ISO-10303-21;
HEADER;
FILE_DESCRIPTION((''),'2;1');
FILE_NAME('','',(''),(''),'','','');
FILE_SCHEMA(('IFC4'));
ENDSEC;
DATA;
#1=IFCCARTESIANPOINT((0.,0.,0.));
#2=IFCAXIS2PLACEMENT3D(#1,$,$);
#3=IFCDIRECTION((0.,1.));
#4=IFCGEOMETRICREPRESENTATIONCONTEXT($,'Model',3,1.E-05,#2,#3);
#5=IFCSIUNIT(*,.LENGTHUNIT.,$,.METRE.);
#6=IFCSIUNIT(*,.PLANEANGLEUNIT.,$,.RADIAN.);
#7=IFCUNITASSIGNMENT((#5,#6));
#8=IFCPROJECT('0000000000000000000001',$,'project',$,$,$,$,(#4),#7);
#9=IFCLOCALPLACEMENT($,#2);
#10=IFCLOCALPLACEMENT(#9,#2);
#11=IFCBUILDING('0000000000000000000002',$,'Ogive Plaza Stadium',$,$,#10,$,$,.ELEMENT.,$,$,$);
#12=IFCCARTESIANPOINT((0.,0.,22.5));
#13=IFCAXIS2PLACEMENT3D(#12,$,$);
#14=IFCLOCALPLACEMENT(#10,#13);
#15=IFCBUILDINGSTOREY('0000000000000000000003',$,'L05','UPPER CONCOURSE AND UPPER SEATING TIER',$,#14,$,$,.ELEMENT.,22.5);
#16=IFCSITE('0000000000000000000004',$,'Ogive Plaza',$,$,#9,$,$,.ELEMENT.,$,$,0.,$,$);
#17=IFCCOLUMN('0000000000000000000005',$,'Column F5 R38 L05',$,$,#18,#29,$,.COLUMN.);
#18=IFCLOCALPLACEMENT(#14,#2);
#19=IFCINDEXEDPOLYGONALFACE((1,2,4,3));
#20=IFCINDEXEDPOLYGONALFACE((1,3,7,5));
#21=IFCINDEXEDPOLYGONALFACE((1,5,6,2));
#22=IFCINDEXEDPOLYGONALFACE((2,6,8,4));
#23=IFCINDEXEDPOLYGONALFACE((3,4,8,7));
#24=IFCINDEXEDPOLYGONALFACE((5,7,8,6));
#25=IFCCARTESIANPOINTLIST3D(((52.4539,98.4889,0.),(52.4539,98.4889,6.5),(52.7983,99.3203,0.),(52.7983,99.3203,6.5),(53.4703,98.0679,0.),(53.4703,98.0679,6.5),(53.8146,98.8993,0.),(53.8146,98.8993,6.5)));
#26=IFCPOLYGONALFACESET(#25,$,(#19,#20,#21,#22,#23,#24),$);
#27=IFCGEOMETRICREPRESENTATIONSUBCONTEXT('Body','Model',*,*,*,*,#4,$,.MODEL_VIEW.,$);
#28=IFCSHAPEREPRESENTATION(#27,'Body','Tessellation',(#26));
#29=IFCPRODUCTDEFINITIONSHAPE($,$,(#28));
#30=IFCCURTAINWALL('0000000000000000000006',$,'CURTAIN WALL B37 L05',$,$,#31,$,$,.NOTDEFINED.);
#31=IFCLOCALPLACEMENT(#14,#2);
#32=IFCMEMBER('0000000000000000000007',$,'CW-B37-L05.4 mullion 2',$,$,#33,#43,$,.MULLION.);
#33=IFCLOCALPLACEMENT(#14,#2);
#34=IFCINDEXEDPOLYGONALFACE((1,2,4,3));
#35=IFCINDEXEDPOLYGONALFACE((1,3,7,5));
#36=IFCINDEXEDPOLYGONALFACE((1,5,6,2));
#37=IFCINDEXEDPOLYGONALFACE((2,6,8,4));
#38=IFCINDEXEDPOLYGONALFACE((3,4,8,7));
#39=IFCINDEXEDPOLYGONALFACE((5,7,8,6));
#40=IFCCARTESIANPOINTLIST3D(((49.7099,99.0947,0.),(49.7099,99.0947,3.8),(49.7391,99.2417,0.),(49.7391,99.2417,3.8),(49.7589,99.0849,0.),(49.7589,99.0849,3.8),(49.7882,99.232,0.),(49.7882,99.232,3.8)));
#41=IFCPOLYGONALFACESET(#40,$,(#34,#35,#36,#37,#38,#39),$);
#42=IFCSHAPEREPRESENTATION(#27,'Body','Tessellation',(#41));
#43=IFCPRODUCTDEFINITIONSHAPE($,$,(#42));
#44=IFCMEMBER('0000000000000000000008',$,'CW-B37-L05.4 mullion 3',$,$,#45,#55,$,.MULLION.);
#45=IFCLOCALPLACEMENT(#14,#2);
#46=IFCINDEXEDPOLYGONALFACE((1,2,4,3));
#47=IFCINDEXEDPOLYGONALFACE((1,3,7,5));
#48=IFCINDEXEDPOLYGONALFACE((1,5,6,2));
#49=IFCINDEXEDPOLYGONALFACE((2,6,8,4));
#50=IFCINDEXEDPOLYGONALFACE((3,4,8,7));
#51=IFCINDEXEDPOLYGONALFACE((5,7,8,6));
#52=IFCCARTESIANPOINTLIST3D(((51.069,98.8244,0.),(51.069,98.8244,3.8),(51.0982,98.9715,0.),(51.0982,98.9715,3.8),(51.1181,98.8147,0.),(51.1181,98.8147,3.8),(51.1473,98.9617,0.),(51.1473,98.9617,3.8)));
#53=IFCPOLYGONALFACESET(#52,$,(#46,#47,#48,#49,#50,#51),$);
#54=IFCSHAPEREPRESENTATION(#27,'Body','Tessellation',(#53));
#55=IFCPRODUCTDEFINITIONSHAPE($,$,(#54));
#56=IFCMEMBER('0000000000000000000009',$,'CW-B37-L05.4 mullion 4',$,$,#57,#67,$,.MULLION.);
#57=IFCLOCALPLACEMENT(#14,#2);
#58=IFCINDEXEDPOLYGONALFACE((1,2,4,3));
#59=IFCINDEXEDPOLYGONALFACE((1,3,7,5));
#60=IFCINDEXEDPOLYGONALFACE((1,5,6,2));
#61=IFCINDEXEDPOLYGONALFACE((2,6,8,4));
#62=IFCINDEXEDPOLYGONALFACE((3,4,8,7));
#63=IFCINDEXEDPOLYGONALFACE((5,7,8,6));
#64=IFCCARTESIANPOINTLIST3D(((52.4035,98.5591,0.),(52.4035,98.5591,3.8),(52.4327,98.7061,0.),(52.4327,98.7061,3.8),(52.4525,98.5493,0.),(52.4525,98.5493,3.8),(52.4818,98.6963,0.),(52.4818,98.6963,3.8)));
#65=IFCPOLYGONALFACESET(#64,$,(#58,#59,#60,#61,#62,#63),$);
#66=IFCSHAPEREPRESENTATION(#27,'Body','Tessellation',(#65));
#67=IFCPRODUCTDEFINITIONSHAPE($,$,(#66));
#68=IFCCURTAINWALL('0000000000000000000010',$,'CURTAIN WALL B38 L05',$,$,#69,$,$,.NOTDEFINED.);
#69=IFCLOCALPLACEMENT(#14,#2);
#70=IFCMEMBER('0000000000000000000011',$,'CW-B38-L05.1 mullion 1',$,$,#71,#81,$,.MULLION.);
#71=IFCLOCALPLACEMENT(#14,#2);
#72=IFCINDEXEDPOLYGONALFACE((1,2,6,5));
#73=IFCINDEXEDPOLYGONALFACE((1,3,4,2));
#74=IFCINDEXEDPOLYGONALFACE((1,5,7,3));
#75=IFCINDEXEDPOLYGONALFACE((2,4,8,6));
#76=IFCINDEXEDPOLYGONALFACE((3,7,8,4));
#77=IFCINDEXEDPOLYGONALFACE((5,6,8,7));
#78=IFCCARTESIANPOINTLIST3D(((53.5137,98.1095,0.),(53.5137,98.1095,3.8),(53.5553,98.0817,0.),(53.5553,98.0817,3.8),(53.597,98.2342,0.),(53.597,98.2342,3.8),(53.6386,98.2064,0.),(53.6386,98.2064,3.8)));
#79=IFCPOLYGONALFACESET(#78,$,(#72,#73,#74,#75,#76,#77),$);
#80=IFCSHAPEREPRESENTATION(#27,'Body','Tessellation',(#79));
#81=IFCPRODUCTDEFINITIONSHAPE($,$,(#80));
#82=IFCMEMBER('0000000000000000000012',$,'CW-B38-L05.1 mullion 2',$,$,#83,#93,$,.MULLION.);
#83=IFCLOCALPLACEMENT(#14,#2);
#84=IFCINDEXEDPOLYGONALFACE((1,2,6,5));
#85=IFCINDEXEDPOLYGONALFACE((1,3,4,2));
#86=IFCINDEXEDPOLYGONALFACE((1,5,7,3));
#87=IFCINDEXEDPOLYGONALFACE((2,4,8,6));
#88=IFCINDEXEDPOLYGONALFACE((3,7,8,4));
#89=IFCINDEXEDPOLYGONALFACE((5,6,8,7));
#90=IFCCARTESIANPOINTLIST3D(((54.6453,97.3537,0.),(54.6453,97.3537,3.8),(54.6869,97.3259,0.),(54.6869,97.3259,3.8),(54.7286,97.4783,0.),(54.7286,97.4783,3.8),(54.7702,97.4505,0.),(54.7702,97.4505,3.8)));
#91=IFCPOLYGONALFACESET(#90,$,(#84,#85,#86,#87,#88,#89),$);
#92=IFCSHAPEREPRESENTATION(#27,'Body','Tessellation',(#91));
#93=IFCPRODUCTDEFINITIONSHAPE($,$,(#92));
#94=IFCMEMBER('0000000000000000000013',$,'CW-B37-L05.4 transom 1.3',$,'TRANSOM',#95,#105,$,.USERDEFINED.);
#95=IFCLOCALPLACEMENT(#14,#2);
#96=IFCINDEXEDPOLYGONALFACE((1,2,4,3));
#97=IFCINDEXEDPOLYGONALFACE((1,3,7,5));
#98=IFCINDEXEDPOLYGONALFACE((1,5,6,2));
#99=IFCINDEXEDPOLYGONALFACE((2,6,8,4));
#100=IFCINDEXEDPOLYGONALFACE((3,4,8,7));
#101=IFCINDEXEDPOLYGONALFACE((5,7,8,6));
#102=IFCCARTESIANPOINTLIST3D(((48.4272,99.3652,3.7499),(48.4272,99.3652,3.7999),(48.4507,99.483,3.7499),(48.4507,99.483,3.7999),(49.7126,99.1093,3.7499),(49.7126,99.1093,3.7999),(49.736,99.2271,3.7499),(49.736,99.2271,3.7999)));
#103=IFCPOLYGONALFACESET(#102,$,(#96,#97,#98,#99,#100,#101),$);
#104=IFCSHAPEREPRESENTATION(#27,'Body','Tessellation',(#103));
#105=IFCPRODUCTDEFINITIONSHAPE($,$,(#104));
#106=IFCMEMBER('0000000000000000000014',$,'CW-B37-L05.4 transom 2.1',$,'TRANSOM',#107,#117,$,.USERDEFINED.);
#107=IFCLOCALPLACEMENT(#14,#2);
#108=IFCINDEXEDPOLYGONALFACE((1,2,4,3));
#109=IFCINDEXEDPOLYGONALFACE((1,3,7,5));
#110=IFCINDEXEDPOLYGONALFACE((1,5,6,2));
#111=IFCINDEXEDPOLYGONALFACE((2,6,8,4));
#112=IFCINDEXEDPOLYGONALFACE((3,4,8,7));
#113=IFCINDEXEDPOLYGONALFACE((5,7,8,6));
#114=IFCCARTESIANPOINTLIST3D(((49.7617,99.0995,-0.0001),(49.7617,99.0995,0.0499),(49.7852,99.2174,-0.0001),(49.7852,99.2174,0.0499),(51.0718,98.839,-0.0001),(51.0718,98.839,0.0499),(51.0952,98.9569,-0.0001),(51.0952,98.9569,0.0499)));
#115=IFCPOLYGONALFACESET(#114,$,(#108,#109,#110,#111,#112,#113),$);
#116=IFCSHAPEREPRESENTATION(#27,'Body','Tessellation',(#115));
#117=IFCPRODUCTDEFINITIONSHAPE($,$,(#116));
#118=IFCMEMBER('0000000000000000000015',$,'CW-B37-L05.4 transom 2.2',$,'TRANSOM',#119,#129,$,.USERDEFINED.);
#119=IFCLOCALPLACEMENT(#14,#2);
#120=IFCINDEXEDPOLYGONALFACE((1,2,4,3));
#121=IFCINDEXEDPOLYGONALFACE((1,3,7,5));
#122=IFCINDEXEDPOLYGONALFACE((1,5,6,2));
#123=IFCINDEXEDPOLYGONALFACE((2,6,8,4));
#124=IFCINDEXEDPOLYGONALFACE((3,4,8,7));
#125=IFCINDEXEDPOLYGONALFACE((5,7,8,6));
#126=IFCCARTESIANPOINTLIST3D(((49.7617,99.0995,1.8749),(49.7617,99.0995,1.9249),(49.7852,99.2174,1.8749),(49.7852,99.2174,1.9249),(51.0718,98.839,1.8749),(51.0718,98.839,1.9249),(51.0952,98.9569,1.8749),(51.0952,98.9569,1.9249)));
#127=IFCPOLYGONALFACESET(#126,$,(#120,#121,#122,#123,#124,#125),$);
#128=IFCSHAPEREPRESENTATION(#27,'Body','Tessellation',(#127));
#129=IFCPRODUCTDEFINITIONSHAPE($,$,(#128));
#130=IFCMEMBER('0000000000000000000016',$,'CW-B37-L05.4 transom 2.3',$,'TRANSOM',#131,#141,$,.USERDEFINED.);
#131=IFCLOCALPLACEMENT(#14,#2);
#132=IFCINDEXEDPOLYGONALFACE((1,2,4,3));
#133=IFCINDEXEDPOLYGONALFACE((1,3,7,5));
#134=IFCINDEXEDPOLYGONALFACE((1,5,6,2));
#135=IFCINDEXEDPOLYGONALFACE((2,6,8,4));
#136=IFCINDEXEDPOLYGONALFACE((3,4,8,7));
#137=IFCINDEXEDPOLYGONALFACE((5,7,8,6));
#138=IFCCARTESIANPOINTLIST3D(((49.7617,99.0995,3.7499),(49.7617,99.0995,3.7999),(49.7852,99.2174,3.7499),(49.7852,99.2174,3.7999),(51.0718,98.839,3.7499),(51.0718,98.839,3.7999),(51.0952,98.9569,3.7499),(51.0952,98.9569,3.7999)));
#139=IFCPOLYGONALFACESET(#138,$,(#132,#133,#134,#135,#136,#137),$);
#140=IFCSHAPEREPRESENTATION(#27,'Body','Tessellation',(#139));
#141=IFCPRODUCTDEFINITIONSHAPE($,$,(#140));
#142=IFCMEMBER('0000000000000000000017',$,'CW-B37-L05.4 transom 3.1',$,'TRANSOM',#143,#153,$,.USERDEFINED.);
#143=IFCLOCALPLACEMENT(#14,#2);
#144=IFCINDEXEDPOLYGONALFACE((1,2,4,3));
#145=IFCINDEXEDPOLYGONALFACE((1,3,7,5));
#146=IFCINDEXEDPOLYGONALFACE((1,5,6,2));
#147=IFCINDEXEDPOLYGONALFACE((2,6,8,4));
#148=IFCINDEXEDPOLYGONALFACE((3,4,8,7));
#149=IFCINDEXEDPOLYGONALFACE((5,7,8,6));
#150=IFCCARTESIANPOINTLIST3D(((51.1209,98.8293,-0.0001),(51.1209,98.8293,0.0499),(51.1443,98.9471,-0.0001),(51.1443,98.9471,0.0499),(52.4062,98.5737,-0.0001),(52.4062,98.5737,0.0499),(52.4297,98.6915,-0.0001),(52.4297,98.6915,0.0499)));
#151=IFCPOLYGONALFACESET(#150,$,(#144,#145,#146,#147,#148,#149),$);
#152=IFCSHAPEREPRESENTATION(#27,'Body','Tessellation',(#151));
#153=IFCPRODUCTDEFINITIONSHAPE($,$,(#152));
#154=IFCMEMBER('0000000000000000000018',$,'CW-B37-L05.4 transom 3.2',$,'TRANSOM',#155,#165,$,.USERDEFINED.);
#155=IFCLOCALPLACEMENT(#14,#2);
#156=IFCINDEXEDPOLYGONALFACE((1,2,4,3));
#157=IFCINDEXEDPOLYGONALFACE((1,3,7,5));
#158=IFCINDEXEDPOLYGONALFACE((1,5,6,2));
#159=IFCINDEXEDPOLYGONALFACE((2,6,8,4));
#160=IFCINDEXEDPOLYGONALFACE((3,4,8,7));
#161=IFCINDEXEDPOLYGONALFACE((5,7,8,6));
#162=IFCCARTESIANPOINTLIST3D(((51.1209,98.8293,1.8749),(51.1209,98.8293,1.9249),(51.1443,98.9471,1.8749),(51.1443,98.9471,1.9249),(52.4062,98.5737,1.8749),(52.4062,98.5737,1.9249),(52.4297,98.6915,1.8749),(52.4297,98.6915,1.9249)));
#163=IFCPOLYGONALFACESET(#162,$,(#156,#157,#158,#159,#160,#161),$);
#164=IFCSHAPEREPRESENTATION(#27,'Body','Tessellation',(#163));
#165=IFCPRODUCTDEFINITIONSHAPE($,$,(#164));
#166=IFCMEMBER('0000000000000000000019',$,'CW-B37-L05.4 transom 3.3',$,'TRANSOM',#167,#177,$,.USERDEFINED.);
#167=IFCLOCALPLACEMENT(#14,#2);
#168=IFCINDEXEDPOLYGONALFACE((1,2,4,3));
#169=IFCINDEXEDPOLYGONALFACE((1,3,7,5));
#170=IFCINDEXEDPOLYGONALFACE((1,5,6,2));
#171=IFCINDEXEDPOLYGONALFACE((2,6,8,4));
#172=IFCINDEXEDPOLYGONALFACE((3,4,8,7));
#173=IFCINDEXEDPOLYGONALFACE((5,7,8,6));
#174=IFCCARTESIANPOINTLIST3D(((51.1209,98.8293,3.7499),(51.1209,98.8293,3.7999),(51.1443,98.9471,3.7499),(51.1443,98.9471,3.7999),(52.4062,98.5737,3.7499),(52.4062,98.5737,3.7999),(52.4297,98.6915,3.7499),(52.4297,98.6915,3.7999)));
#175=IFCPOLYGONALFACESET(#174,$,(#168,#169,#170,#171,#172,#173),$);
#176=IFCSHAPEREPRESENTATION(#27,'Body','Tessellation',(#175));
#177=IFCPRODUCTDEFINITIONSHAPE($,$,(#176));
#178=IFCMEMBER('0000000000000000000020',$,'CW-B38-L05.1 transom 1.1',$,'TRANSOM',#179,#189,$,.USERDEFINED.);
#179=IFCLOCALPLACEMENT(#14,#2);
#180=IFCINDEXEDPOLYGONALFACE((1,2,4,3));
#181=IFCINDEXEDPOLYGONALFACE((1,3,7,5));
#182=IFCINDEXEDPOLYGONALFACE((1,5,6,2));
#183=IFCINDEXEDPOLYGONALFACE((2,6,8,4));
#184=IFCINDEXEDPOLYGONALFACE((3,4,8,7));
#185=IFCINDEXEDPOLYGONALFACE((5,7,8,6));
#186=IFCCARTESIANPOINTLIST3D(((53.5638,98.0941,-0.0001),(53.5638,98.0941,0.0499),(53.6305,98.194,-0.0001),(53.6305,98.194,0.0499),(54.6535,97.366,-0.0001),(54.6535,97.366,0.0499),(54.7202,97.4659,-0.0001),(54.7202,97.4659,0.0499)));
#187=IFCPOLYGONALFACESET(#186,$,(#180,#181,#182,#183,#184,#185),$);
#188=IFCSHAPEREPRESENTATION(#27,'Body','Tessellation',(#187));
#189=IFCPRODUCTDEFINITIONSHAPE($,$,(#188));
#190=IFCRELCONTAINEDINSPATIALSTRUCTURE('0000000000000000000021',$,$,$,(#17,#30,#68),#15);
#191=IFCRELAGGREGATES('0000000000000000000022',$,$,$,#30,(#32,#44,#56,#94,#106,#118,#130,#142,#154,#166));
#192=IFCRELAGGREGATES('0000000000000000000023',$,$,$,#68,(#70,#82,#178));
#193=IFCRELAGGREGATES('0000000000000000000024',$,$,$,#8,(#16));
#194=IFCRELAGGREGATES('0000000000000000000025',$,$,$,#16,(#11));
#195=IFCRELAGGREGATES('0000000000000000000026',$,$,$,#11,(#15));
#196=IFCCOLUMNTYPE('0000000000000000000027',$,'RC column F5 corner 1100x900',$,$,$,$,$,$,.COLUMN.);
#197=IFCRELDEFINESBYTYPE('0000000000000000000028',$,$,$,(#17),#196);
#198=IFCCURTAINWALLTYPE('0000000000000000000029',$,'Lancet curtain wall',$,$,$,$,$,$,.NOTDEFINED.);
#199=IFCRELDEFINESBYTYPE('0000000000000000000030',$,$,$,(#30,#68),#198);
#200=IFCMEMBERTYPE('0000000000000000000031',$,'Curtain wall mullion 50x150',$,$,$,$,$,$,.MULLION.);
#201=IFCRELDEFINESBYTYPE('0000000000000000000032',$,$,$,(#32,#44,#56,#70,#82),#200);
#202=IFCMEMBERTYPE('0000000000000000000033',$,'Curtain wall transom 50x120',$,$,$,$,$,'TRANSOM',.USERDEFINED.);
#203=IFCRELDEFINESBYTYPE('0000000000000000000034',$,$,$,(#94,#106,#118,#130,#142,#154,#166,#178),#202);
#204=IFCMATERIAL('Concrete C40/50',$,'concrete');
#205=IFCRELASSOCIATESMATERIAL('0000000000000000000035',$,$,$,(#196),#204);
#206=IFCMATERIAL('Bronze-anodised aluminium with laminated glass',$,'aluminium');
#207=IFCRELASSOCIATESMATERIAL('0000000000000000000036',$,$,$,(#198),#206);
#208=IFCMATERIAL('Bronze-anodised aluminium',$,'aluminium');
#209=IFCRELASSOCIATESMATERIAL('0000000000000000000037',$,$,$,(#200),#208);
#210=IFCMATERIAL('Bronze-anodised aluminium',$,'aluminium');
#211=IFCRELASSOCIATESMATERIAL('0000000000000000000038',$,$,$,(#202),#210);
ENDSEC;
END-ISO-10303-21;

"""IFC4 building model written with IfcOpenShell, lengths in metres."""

from ifc_helpers import new_model, si_unit, direction, frame, origin, origin_2d, place, context, subcontext, project, spatial, rectangle, extrude, material, material_profile, profile_set, type_object, element, aggregate, save


model = new_model("IFC4")

# Units and contexts
model_context = context("Model", 3, precision=1e-05, world=origin(), true_north=direction((0.0, 1.0)))
body_context = subcontext(model_context, "Body", "Model", "MODEL_VIEW")
ifc_project = project(units=[si_unit("LENGTHUNIT", "METRE"), si_unit("PLANEANGLEUNIT", "RADIAN")], contexts=[model_context])

# Site, building, storey
site_placement = place(None, origin())
site = spatial("IfcSite", under=ifc_project, at=site_placement, Name="Ogive Plaza", CompositionType="ELEMENT", RefElevation=0.0)
building_placement = place(site_placement, origin())
building = spatial("IfcBuilding", under=site, at=building_placement, Name="Ogive Plaza Stadium", CompositionType="ELEMENT")
storey_placement = place(building_placement, frame((0.0, 0.0, 22.5)))
storey = spatial("IfcBuildingStorey", under=building, at=storey_placement, Name="L05", Description="UPPER CONCOURSE AND UPPER SEATING TIER", CompositionType="ELEMENT", Elevation=22.5)

# Column
ifc_material_1 = material(Name="Concrete C40/50", Category="concrete")
ifc_material_profile_1 = material_profile(ifc_material_1, rectangle(XDim=1.1001, YDim=0.8999, at=origin_2d()), Name="RC 1100x900")
ifc_profile_set_1 = profile_set([ifc_material_profile_1], Name="Concrete C40/50")
column_type = type_object("IfcColumnType", Name="RC column F5 corner 1100x900", PredefinedType="COLUMN", material=ifc_profile_set_1)
column_placement = place(storey_placement, frame((53.1343, 98.6941, 0.0), z_axis=(0.0, 0.0, 1.0), x_axis=(-0.92388, 0.382683, 0.0)))
element("IfcColumn", 1, at=column_placement, inside=storey, type_object=column_type, Name="Column F5 R38 L05", PredefinedType="COLUMN", context=body_context, shape_type="SweptSolid", body=[
    extrude(rectangle(XDim=1.1001, YDim=0.8999, at=origin_2d()), origin(), (0.0, 0.0, 1.0), 6.5),
])

# Curtain walls, members
ifc_material_2 = material(Name="Bronze-anodised aluminium with laminated glass", Category="aluminium")
curtain_wall_type = type_object("IfcCurtainWallType", Name="Lancet curtain wall", PredefinedType="NOTDEFINED", material=ifc_material_2)
curtain_wall_1_placement = place(storey_placement, origin())
curtain_wall_1 = element("IfcCurtainWall", 2, at=curtain_wall_1_placement, inside=storey, type_object=curtain_wall_type, Name="CURTAIN WALL B37 L05", PredefinedType="NOTDEFINED")
ifc_material_3 = material(Name="Bronze-anodised aluminium", Category="aluminium")
ifc_material_profile_2 = material_profile(ifc_material_3, rectangle(XDim=0.1499, YDim=0.05, at=origin_2d()), Name="AL 150x50")
ifc_profile_set_2 = profile_set([ifc_material_profile_2], Name="Bronze-anodised aluminium")
member_type_1 = type_object("IfcMemberType", Name="Curtain wall mullion 50x150", PredefinedType="MULLION", material=ifc_profile_set_2)
member_1_placement = place(storey_placement, frame((49.749, 99.1633, 0.0), z_axis=(0.0, 0.0, 1.0), x_axis=(0.19509, 0.980785, 0.0)))
member_1 = element("IfcMember", 3, at=member_1_placement, type_object=member_type_1, Name="CW-B37-L05.4 mullion 2", PredefinedType="MULLION", context=body_context, shape_type="SweptSolid", body=[
    extrude(rectangle(XDim=0.1499, YDim=0.05, at=origin_2d()), origin(), (0.0, 0.0, 1.0), 3.8),
])
member_2_placement = place(storey_placement, frame((51.1082, 98.8931, 0.0), z_axis=(0.0, 0.0, 1.0), x_axis=(0.19509, 0.980785, 0.0)))
member_2 = element("IfcMember", 4, at=member_2_placement, type_object=member_type_1, Name="CW-B37-L05.4 mullion 3", PredefinedType="MULLION", context=body_context, shape_type="SweptSolid", body=[
    extrude(rectangle(XDim=0.1499, YDim=0.05, at=origin_2d()), origin(), (0.0, 0.0, 1.0), 3.8),
])
member_3_placement = place(storey_placement, frame((52.4426, 98.6277, 0.0), z_axis=(0.0, 0.0, 1.0), x_axis=(0.19509, 0.980785, 0.0)))
member_3 = element("IfcMember", 5, at=member_3_placement, type_object=member_type_1, Name="CW-B37-L05.4 mullion 4", PredefinedType="MULLION", context=body_context, shape_type="SweptSolid", body=[
    extrude(rectangle(XDim=0.1499, YDim=0.05, at=origin_2d()), origin(), (0.0, 0.0, 1.0), 3.8),
])
curtain_wall_2_placement = place(storey_placement, origin())
curtain_wall_2 = element("IfcCurtainWall", 6, at=curtain_wall_2_placement, inside=storey, type_object=curtain_wall_type, Name="CURTAIN WALL B38 L05", PredefinedType="NOTDEFINED")
member_4_placement = place(storey_placement, frame((53.5762, 98.158, 0.0), z_axis=(0.0, 0.0, 1.0), x_axis=(0.55557, 0.83147, 0.0)))
member_4 = element("IfcMember", 7, at=member_4_placement, type_object=member_type_1, Name="CW-B38-L05.1 mullion 1", PredefinedType="MULLION", context=body_context, shape_type="SweptSolid", body=[
    extrude(rectangle(XDim=0.1499, YDim=0.05, at=origin_2d()), origin(), (0.0, 0.0, 1.0), 3.8),
])
member_5_placement = place(storey_placement, frame((54.7078, 97.4021, 0.0), z_axis=(0.0, 0.0, 1.0), x_axis=(0.55557, 0.83147, 0.0)))
member_5 = element("IfcMember", 8, at=member_5_placement, type_object=member_type_1, Name="CW-B38-L05.1 mullion 2", PredefinedType="MULLION", context=body_context, shape_type="SweptSolid", body=[
    extrude(rectangle(XDim=0.1499, YDim=0.05, at=origin_2d()), origin(), (0.0, 0.0, 1.0), 3.8),
])

# Members
ifc_material_4 = material(Name="Bronze-anodised aluminium", Category="aluminium")
ifc_material_profile_3 = material_profile(ifc_material_4, rectangle(XDim=0.1201, YDim=0.05, at=origin_2d()), Name="AL 120x50")
ifc_profile_set_3 = profile_set([ifc_material_profile_3], Name="Bronze-anodised aluminium")
member_type_2 = type_object("IfcMemberType", Name="Curtain wall transom 50x120", ElementType="TRANSOM", PredefinedType="USERDEFINED", material=ifc_profile_set_3)
member_6_placement = place(storey_placement, frame((48.439, 99.4241, 3.7749), z_axis=(0.980759, -0.19522, 0.0), x_axis=(0.19522, 0.980759, 0.0)))
member_6 = element("IfcMember", 9, at=member_6_placement, type_object=member_type_2, Name="CW-B37-L05.4 transom 1.3", ObjectType="TRANSOM", PredefinedType="USERDEFINED", context=body_context, shape_type="SweptSolid", body=[
    extrude(rectangle(XDim=0.1201, YDim=0.05, at=origin_2d()), origin(), (0.0, 0.0, 1.0), 1.3105),
])
member_7_placement = place(storey_placement, frame((49.7734, 99.1584, 0.0249), z_axis=(0.980798, -0.195026, 0.0), x_axis=(0.195026, 0.980798, 0.0)))
member_7 = element("IfcMember", 10, at=member_7_placement, type_object=member_type_2, Name="CW-B37-L05.4 transom 2.1", ObjectType="TRANSOM", PredefinedType="USERDEFINED", context=body_context, shape_type="SweptSolid", body=[
    extrude(rectangle(XDim=0.1201, YDim=0.05, at=origin_2d()), origin(), (0.0, 0.0, 1.0), 1.3357),
])
member_8_placement = place(storey_placement, frame((49.7734, 99.1584, 1.8999), z_axis=(0.980798, -0.195026, 0.0), x_axis=(0.195026, 0.980798, 0.0)))
member_8 = element("IfcMember", 11, at=member_8_placement, type_object=member_type_2, Name="CW-B37-L05.4 transom 2.2", ObjectType="TRANSOM", PredefinedType="USERDEFINED", context=body_context, shape_type="SweptSolid", body=[
    extrude(rectangle(XDim=0.1201, YDim=0.05, at=origin_2d()), origin(), (0.0, 0.0, 1.0), 1.3357),
])
member_9_placement = place(storey_placement, frame((49.7734, 99.1584, 3.7749), z_axis=(0.980798, -0.195026, 0.0), x_axis=(0.195026, 0.980798, 0.0)))
member_9 = element("IfcMember", 12, at=member_9_placement, type_object=member_type_2, Name="CW-B37-L05.4 transom 2.3", ObjectType="TRANSOM", PredefinedType="USERDEFINED", context=body_context, shape_type="SweptSolid", body=[
    extrude(rectangle(XDim=0.1201, YDim=0.05, at=origin_2d()), origin(), (0.0, 0.0, 1.0), 1.3357),
])
member_10_placement = place(storey_placement, frame((51.1326, 98.8882, 0.0249), z_axis=(0.980795, -0.195041, 0.0), x_axis=(0.195041, 0.980795, 0.0)))
member_10 = element("IfcMember", 13, at=member_10_placement, type_object=member_type_2, Name="CW-B37-L05.4 transom 3.1", ObjectType="TRANSOM", PredefinedType="USERDEFINED", context=body_context, shape_type="SweptSolid", body=[
    extrude(rectangle(XDim=0.1201, YDim=0.05, at=origin_2d()), origin(), (0.0, 0.0, 1.0), 1.3105),
])
member_11_placement = place(storey_placement, frame((51.1326, 98.8882, 1.8999), z_axis=(0.980795, -0.195041, 0.0), x_axis=(0.195041, 0.980795, 0.0)))
member_11 = element("IfcMember", 14, at=member_11_placement, type_object=member_type_2, Name="CW-B37-L05.4 transom 3.2", ObjectType="TRANSOM", PredefinedType="USERDEFINED", context=body_context, shape_type="SweptSolid", body=[
    extrude(rectangle(XDim=0.1201, YDim=0.05, at=origin_2d()), origin(), (0.0, 0.0, 1.0), 1.3105),
])
member_12_placement = place(storey_placement, frame((51.1326, 98.8882, 3.7749), z_axis=(0.980795, -0.195041, 0.0), x_axis=(0.195041, 0.980795, 0.0)))
member_12 = element("IfcMember", 15, at=member_12_placement, type_object=member_type_2, Name="CW-B37-L05.4 transom 3.3", ObjectType="TRANSOM", PredefinedType="USERDEFINED", context=body_context, shape_type="SweptSolid", body=[
    extrude(rectangle(XDim=0.1201, YDim=0.05, at=origin_2d()), origin(), (0.0, 0.0, 1.0), 1.3105),
])
member_13_placement = place(storey_placement, frame((53.5972, 98.144, 0.0249), z_axis=(0.831477, -0.55556, 0.0), x_axis=(0.55556, 0.831477, 0.0)))
member_13 = element("IfcMember", 16, at=member_13_placement, type_object=member_type_2, Name="CW-B38-L05.1 transom 1.1", ObjectType="TRANSOM", PredefinedType="USERDEFINED", context=body_context, shape_type="SweptSolid", body=[
    extrude(rectangle(XDim=0.1201, YDim=0.05, at=origin_2d()), origin(), (0.0, 0.0, 1.0), 1.3105),
])

aggregate(curtain_wall_1, [member_1, member_2, member_3, member_6, member_7, member_8, member_9, member_10, member_11, member_12])
aggregate(curtain_wall_2, [member_4, member_5, member_13])

save(model, "model.ifc")
